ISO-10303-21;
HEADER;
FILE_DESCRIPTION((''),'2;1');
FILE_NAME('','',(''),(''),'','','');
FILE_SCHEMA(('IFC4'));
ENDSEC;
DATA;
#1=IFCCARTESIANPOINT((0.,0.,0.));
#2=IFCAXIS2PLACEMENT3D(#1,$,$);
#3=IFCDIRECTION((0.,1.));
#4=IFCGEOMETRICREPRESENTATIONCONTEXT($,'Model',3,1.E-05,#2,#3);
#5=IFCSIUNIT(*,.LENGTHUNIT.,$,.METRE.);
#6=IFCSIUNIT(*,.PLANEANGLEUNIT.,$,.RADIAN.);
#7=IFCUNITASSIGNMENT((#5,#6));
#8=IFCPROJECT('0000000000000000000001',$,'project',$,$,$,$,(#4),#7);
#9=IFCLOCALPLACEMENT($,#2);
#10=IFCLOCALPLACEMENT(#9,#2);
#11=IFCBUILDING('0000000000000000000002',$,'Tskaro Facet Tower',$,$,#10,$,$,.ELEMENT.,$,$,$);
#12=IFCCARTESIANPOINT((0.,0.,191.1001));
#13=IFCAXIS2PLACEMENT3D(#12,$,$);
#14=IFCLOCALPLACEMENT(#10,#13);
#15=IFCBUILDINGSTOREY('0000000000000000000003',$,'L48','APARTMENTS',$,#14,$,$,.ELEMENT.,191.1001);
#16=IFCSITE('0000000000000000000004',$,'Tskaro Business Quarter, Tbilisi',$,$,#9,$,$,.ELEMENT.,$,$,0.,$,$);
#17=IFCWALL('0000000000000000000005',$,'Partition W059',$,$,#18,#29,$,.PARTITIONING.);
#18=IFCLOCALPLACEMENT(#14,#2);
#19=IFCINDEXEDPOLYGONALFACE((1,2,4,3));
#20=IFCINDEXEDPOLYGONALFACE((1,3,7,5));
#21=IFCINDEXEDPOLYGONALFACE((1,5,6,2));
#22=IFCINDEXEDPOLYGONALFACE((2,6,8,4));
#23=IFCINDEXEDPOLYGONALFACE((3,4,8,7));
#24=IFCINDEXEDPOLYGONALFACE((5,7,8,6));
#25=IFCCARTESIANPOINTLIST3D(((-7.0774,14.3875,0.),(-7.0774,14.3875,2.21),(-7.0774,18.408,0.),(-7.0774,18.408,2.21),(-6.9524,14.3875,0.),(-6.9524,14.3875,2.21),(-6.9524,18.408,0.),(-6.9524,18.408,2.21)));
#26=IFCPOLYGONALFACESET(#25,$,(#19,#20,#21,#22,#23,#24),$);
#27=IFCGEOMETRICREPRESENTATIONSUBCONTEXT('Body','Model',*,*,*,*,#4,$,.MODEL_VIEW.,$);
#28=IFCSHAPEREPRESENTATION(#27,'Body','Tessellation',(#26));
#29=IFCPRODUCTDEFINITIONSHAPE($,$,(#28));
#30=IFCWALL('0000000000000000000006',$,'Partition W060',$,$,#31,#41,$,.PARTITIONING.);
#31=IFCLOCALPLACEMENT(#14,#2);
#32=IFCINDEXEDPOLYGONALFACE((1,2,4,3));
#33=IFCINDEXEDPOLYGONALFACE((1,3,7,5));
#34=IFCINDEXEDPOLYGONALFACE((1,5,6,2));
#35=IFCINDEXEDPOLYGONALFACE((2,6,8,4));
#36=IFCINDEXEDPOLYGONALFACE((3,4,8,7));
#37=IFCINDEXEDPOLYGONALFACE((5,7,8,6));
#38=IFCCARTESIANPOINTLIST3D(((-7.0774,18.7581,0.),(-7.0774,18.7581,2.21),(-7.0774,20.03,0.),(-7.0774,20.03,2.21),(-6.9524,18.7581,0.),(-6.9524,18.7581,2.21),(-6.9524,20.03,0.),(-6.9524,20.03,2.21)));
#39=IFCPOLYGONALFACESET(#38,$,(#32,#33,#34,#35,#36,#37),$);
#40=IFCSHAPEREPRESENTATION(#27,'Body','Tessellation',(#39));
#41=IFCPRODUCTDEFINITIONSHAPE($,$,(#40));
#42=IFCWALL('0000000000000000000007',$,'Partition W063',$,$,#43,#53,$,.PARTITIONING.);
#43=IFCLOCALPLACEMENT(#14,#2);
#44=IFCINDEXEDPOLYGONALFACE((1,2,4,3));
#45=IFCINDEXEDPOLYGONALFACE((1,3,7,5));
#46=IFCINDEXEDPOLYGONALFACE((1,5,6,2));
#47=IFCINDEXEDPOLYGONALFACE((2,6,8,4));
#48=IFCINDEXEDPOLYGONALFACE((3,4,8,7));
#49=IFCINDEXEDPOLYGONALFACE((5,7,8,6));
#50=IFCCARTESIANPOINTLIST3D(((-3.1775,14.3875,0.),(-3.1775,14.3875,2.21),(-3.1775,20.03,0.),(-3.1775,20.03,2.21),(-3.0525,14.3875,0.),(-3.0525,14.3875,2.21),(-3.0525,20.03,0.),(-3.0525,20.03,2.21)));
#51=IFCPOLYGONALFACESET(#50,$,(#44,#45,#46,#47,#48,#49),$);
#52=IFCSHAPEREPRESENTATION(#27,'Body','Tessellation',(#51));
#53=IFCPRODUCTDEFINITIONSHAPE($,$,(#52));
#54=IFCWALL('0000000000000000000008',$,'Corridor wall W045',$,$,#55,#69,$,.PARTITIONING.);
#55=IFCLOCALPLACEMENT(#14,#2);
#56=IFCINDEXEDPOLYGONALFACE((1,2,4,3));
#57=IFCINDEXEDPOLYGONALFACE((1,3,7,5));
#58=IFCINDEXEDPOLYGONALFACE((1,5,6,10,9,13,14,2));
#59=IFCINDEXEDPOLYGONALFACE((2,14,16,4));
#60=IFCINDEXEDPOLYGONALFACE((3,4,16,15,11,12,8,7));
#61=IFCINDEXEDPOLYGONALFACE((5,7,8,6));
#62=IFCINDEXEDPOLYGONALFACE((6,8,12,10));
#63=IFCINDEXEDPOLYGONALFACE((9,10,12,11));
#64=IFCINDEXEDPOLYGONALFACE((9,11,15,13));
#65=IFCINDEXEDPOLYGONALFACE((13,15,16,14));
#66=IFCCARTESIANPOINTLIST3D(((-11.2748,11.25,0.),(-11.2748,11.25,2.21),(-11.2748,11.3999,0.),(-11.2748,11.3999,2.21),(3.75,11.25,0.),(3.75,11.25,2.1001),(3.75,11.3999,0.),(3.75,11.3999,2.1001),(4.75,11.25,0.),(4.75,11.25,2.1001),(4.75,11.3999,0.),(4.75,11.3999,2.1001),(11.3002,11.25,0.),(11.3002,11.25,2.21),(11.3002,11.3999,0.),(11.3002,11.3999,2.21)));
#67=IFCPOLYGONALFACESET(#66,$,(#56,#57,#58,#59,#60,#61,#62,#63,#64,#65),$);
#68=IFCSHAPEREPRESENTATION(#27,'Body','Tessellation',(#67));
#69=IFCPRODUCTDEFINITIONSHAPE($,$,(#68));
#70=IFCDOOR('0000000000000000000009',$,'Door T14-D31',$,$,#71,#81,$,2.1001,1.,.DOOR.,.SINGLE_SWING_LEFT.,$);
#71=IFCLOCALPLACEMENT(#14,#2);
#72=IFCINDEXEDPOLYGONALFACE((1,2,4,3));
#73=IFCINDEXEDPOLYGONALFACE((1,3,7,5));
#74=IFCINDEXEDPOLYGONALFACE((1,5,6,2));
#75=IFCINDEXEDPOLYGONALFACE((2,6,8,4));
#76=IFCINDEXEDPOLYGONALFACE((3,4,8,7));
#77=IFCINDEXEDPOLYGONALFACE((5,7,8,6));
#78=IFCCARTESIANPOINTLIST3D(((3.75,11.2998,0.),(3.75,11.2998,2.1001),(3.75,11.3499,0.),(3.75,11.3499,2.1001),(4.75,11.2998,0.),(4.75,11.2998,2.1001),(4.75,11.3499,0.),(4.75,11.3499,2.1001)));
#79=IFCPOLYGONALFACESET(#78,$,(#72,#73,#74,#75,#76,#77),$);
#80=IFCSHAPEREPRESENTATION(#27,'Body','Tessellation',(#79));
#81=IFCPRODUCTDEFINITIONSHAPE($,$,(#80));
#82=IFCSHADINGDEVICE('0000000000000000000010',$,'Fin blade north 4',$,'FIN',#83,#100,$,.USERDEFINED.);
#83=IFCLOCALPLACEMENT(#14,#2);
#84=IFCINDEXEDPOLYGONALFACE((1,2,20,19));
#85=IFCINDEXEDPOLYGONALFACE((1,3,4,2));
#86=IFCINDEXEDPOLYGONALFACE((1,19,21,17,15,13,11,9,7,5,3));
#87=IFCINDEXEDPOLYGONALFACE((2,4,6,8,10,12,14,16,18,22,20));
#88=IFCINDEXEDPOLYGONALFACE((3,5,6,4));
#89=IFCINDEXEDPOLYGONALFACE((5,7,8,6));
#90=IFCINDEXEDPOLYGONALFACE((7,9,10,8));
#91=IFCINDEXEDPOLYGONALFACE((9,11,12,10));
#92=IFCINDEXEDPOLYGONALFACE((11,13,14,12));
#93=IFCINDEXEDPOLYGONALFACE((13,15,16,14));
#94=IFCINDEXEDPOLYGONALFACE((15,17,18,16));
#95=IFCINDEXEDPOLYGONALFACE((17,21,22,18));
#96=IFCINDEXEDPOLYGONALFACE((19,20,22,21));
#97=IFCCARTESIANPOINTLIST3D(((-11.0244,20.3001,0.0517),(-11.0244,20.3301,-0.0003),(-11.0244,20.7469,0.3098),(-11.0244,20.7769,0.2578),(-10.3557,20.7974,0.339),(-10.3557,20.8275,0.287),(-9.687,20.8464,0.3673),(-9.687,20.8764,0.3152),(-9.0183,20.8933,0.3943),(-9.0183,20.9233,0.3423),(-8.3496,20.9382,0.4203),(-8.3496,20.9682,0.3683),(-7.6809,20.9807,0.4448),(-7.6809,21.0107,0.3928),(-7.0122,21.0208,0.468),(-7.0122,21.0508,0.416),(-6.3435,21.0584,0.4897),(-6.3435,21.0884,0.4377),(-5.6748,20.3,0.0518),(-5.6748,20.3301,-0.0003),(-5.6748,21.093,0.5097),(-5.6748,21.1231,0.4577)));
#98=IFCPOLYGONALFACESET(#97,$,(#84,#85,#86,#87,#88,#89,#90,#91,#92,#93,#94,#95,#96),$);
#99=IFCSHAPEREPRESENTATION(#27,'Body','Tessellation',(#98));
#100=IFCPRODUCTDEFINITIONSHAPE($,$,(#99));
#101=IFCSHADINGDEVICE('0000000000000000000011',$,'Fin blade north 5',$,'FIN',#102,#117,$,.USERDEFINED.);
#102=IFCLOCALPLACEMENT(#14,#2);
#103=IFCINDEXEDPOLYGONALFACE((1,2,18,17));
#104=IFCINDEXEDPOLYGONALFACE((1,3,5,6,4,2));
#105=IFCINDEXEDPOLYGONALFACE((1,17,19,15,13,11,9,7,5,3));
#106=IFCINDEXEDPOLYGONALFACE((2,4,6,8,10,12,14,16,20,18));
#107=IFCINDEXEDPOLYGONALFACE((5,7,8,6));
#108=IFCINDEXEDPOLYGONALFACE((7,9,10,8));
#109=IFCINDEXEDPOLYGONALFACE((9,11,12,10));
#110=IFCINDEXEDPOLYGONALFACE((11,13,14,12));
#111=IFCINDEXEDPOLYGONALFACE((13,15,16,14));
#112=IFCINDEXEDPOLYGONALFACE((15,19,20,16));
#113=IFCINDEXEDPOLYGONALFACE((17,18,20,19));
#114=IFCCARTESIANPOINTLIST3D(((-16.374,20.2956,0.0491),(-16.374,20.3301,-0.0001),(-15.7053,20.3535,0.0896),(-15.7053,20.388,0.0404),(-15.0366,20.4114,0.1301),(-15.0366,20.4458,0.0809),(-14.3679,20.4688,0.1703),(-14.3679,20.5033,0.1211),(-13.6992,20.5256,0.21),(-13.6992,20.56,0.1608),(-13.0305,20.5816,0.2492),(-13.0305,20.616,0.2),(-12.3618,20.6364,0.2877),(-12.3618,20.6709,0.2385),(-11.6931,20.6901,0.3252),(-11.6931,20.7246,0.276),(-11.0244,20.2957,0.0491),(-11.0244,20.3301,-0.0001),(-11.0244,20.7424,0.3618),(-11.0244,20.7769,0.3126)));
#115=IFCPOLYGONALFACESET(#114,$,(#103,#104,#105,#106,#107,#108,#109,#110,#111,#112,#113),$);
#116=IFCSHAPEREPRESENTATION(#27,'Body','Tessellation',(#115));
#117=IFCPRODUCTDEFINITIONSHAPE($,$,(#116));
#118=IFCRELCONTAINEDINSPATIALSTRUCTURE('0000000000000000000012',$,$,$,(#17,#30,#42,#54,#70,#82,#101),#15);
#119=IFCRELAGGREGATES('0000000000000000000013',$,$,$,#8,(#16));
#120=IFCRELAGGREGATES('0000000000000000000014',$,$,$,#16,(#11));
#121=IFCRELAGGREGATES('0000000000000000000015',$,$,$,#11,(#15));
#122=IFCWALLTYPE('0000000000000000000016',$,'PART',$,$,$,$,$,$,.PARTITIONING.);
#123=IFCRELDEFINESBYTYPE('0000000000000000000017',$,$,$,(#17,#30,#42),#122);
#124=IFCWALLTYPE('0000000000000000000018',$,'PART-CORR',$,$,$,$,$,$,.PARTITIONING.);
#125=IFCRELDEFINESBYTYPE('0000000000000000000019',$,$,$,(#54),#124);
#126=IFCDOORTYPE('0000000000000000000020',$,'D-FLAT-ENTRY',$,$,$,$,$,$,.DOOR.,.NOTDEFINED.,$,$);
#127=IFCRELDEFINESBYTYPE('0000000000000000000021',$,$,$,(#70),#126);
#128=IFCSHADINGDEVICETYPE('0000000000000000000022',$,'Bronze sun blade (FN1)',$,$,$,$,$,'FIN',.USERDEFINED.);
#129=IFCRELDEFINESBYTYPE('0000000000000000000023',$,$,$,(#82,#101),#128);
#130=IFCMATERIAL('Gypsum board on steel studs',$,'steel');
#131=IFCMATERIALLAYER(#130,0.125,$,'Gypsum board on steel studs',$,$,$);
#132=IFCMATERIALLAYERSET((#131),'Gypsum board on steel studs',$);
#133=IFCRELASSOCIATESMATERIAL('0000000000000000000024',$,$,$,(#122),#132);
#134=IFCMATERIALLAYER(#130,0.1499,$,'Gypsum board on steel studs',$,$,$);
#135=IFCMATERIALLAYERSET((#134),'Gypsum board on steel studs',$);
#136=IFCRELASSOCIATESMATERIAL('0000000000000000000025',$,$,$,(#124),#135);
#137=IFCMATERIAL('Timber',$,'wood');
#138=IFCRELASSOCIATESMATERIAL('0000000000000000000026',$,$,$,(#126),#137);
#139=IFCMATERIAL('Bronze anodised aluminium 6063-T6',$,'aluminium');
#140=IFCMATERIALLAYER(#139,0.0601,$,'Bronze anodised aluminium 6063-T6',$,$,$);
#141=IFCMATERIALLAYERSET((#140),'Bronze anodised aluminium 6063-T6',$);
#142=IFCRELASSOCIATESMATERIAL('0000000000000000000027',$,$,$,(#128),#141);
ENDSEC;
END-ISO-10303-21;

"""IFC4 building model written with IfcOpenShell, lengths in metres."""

from ifc_helpers import new_model, si_unit, direction, frame, frame_2d, origin, place, context, subcontext, project, spatial, polyline, rectangle, outline, extrude, material, layer, layer_set, type_object, element, fill, save


model = new_model("IFC4")

# Units and contexts
model_context = context("Model", 3, precision=1e-05, world=origin(), true_north=direction((0.0, 1.0)))
body_context = subcontext(model_context, "Body", "Model", "MODEL_VIEW")
ifc_project = project(units=[si_unit("LENGTHUNIT", "METRE"), si_unit("PLANEANGLEUNIT", "RADIAN")], contexts=[model_context])

# Site, building, storey
site_placement = place(None, origin())
site = spatial("IfcSite", under=ifc_project, at=site_placement, Name="Tskaro Business Quarter, Tbilisi", CompositionType="ELEMENT", RefElevation=0.0)
building_placement = place(site_placement, origin())
building = spatial("IfcBuilding", under=site, at=building_placement, Name="Tskaro Facet Tower", CompositionType="ELEMENT")
storey_placement = place(building_placement, frame((0.0, 0.0, 191.1001)))
storey = spatial("IfcBuildingStorey", under=building, at=storey_placement, Name="L48", Description="APARTMENTS", CompositionType="ELEMENT", Elevation=191.1001)

# Shared definitions
ifc_material_1 = material(Name="Bronze anodised aluminium 6063-T6", Category="aluminium")

# Shared definitions
ifc_material_2 = material(Name="Gypsum board on steel studs", Category="steel")
ifc_layer_1 = layer(ifc_material_2, 0.125, Name="Gypsum board on steel studs")
ifc_layer_set_1 = layer_set([ifc_layer_1], Name="Gypsum board on steel studs")
wall_type_1 = type_object("IfcWallType", Name="PART", PredefinedType="PARTITIONING", material=ifc_layer_set_1)
ifc_material_3 = material(Name="Timber", Category="wood")

# Walls
wall_1_placement = place(storey_placement, frame((-7.0149, 14.3875, 0.0), z_axis=(0.0, 0.0, 1.0), x_axis=(0.0, 1.0, 0.0)))
element("IfcWall", 1, at=wall_1_placement, inside=storey, type_object=wall_type_1, Name="Partition W059", PredefinedType="PARTITIONING", context=body_context, shape_type="SweptSolid", body=[
    extrude(rectangle(XDim=4.0205, YDim=0.125, at=frame_2d((2.0103, 0.0))), origin(), (0.0, 0.0, 1.0), 2.21),
])
wall_2_placement = place(storey_placement, frame((-7.0149, 18.7581, 0.0), z_axis=(0.0, 0.0, 1.0), x_axis=(0.0, 1.0, 0.0)))
element("IfcWall", 2, at=wall_2_placement, inside=storey, type_object=wall_type_1, Name="Partition W060", PredefinedType="PARTITIONING", context=body_context, shape_type="SweptSolid", body=[
    extrude(rectangle(XDim=1.272, YDim=0.125, at=frame_2d((0.636, 0.0))), origin(), (0.0, 0.0, 1.0), 2.21),
])
wall_3_placement = place(storey_placement, frame((-3.115, 14.3875, 0.0), z_axis=(0.0, 0.0, 1.0), x_axis=(0.0, 1.0, 0.0)))
element("IfcWall", 3, at=wall_3_placement, inside=storey, type_object=wall_type_1, Name="Partition W063", PredefinedType="PARTITIONING", context=body_context, shape_type="SweptSolid", body=[
    extrude(rectangle(XDim=5.6426, YDim=0.125, at=frame_2d((2.8213, 0.0))), origin(), (0.0, 0.0, 1.0), 2.21),
])

# Wall, opening, door
ifc_layer_2 = layer(ifc_material_2, 0.1499, Name="Gypsum board on steel studs")
ifc_layer_set_2 = layer_set([ifc_layer_2], Name="Gypsum board on steel studs")
wall_type_2 = type_object("IfcWallType", Name="PART-CORR", PredefinedType="PARTITIONING", material=ifc_layer_set_2)
wall_4_placement = place(storey_placement, frame((-11.2749, 11.325, 0.0), z_axis=(0.0, 0.0, 1.0), x_axis=(1.0, 0.0, 0.0)))
wall_4 = element("IfcWall", 4, at=wall_4_placement, inside=storey, type_object=wall_type_2, Name="Corridor wall W045", PredefinedType="PARTITIONING", context=body_context, shape_type="SweptSolid", body=[
    extrude(rectangle(XDim=22.575, YDim=0.1499, at=frame_2d((11.2876, 0.0))), origin(), (0.0, 0.0, 1.0), 2.21),
])
opening_1_placement = place(wall_4_placement, frame((15.0249, 0.0, 0.0)))
opening_1 = element("IfcOpeningElement", 5, at=opening_1_placement, cuts=wall_4, PredefinedType="OPENING", context=body_context, shape_type="SweptSolid", body=[
    extrude(rectangle(XDim=1.0, YDim=2.1001, at=frame_2d((0.5, 1.05))), frame((0.0, 0.085, 0.0), z_axis=(0.0, -1.0, 0.0), x_axis=(1.0, 0.0, 0.0)), (0.0, 0.0, 1.0), 0.1699),
])
door_type_1 = type_object("IfcDoorType", Name="D-FLAT-ENTRY", OperationType="NOTDEFINED", PredefinedType="DOOR", material=ifc_material_3)
door_1_placement = place(opening_1_placement, origin())
door_1 = element("IfcDoor", 6, at=door_1_placement, inside=storey, type_object=door_type_1, Name="Door T14-D31", OperationType="SINGLE_SWING_LEFT", OverallHeight=2.1001, OverallWidth=1.0, PredefinedType="DOOR", context=body_context, shape_type="SweptSolid", body=[
    extrude(rectangle(XDim=1.0, YDim=2.1001, at=frame_2d((0.5, 1.05))), frame((0.0, 0.0249, 0.0), z_axis=(0.0, -1.0, 0.0), x_axis=(1.0, 0.0, 0.0)), (0.0, 0.0, 1.0), 0.05),
])
fill(opening_1, door_1)

# Shading devices
ifc_layer_3 = layer(ifc_material_1, 0.0601, Name="Bronze anodised aluminium 6063-T6")
ifc_layer_set_3 = layer_set([ifc_layer_3], Name="Bronze anodised aluminium 6063-T6")
shading_device_type = type_object("IfcShadingDeviceType", Name="Bronze sun blade (FN1)", ElementType="FIN", PredefinedType="USERDEFINED", material=ifc_layer_set_3)
shading_device_1_placement = place(storey_placement, frame((-5.6748, 20.3, 0.0518), z_axis=(-0.000005, -0.500095, 0.86597), x_axis=(-1.0, 0.000002, -0.000004)))
element("IfcShadingDevice", 7, at=shading_device_1_placement, inside=storey, type_object=shading_device_type, Name="Fin blade north 4", ObjectType="FIN", PredefinedType="USERDEFINED", context=body_context, shape_type="SweptSolid", body=[
    extrude(outline(polyline([(0.0, 0.0), (5.3496, 0.0), (5.3496, -0.5159), (4.6809, -0.5744), (4.0122, -0.6309), (3.3435, -0.685), (2.6748, -0.7369), (2.0061, -0.786), (1.3374, -0.8323), (0.6687, -0.8757), (0.0, -0.9157), (0.0, 0.0)])), origin(), (0.0, 0.0, -1.0), 0.0601),
])
shading_device_2_placement = place(storey_placement, frame((-11.0244, 20.2957, 0.0491), z_axis=(0.000005, -0.573499, 0.819206), x_axis=(-1.0, -0.000003, 0.000004)))
element("IfcShadingDevice", 8, at=shading_device_2_placement, inside=storey, type_object=shading_device_type, Name="Fin blade north 5", ObjectType="FIN", PredefinedType="USERDEFINED", context=body_context, shape_type="SweptSolid", body=[
    extrude(outline(polyline([(0.0, 0.0), (5.3496, 0.0), (4.6809, -0.0706), (4.0122, -0.1413), (3.3435, -0.2114), (2.6748, -0.2807), (2.0061, -0.349), (1.3374, -0.416), (0.6687, -0.4816), (0.0, -0.5454), (0.0, 0.0)])), origin(), (0.0, 0.0, -1.0), 0.0601),
])

save(model, "model.ifc")
